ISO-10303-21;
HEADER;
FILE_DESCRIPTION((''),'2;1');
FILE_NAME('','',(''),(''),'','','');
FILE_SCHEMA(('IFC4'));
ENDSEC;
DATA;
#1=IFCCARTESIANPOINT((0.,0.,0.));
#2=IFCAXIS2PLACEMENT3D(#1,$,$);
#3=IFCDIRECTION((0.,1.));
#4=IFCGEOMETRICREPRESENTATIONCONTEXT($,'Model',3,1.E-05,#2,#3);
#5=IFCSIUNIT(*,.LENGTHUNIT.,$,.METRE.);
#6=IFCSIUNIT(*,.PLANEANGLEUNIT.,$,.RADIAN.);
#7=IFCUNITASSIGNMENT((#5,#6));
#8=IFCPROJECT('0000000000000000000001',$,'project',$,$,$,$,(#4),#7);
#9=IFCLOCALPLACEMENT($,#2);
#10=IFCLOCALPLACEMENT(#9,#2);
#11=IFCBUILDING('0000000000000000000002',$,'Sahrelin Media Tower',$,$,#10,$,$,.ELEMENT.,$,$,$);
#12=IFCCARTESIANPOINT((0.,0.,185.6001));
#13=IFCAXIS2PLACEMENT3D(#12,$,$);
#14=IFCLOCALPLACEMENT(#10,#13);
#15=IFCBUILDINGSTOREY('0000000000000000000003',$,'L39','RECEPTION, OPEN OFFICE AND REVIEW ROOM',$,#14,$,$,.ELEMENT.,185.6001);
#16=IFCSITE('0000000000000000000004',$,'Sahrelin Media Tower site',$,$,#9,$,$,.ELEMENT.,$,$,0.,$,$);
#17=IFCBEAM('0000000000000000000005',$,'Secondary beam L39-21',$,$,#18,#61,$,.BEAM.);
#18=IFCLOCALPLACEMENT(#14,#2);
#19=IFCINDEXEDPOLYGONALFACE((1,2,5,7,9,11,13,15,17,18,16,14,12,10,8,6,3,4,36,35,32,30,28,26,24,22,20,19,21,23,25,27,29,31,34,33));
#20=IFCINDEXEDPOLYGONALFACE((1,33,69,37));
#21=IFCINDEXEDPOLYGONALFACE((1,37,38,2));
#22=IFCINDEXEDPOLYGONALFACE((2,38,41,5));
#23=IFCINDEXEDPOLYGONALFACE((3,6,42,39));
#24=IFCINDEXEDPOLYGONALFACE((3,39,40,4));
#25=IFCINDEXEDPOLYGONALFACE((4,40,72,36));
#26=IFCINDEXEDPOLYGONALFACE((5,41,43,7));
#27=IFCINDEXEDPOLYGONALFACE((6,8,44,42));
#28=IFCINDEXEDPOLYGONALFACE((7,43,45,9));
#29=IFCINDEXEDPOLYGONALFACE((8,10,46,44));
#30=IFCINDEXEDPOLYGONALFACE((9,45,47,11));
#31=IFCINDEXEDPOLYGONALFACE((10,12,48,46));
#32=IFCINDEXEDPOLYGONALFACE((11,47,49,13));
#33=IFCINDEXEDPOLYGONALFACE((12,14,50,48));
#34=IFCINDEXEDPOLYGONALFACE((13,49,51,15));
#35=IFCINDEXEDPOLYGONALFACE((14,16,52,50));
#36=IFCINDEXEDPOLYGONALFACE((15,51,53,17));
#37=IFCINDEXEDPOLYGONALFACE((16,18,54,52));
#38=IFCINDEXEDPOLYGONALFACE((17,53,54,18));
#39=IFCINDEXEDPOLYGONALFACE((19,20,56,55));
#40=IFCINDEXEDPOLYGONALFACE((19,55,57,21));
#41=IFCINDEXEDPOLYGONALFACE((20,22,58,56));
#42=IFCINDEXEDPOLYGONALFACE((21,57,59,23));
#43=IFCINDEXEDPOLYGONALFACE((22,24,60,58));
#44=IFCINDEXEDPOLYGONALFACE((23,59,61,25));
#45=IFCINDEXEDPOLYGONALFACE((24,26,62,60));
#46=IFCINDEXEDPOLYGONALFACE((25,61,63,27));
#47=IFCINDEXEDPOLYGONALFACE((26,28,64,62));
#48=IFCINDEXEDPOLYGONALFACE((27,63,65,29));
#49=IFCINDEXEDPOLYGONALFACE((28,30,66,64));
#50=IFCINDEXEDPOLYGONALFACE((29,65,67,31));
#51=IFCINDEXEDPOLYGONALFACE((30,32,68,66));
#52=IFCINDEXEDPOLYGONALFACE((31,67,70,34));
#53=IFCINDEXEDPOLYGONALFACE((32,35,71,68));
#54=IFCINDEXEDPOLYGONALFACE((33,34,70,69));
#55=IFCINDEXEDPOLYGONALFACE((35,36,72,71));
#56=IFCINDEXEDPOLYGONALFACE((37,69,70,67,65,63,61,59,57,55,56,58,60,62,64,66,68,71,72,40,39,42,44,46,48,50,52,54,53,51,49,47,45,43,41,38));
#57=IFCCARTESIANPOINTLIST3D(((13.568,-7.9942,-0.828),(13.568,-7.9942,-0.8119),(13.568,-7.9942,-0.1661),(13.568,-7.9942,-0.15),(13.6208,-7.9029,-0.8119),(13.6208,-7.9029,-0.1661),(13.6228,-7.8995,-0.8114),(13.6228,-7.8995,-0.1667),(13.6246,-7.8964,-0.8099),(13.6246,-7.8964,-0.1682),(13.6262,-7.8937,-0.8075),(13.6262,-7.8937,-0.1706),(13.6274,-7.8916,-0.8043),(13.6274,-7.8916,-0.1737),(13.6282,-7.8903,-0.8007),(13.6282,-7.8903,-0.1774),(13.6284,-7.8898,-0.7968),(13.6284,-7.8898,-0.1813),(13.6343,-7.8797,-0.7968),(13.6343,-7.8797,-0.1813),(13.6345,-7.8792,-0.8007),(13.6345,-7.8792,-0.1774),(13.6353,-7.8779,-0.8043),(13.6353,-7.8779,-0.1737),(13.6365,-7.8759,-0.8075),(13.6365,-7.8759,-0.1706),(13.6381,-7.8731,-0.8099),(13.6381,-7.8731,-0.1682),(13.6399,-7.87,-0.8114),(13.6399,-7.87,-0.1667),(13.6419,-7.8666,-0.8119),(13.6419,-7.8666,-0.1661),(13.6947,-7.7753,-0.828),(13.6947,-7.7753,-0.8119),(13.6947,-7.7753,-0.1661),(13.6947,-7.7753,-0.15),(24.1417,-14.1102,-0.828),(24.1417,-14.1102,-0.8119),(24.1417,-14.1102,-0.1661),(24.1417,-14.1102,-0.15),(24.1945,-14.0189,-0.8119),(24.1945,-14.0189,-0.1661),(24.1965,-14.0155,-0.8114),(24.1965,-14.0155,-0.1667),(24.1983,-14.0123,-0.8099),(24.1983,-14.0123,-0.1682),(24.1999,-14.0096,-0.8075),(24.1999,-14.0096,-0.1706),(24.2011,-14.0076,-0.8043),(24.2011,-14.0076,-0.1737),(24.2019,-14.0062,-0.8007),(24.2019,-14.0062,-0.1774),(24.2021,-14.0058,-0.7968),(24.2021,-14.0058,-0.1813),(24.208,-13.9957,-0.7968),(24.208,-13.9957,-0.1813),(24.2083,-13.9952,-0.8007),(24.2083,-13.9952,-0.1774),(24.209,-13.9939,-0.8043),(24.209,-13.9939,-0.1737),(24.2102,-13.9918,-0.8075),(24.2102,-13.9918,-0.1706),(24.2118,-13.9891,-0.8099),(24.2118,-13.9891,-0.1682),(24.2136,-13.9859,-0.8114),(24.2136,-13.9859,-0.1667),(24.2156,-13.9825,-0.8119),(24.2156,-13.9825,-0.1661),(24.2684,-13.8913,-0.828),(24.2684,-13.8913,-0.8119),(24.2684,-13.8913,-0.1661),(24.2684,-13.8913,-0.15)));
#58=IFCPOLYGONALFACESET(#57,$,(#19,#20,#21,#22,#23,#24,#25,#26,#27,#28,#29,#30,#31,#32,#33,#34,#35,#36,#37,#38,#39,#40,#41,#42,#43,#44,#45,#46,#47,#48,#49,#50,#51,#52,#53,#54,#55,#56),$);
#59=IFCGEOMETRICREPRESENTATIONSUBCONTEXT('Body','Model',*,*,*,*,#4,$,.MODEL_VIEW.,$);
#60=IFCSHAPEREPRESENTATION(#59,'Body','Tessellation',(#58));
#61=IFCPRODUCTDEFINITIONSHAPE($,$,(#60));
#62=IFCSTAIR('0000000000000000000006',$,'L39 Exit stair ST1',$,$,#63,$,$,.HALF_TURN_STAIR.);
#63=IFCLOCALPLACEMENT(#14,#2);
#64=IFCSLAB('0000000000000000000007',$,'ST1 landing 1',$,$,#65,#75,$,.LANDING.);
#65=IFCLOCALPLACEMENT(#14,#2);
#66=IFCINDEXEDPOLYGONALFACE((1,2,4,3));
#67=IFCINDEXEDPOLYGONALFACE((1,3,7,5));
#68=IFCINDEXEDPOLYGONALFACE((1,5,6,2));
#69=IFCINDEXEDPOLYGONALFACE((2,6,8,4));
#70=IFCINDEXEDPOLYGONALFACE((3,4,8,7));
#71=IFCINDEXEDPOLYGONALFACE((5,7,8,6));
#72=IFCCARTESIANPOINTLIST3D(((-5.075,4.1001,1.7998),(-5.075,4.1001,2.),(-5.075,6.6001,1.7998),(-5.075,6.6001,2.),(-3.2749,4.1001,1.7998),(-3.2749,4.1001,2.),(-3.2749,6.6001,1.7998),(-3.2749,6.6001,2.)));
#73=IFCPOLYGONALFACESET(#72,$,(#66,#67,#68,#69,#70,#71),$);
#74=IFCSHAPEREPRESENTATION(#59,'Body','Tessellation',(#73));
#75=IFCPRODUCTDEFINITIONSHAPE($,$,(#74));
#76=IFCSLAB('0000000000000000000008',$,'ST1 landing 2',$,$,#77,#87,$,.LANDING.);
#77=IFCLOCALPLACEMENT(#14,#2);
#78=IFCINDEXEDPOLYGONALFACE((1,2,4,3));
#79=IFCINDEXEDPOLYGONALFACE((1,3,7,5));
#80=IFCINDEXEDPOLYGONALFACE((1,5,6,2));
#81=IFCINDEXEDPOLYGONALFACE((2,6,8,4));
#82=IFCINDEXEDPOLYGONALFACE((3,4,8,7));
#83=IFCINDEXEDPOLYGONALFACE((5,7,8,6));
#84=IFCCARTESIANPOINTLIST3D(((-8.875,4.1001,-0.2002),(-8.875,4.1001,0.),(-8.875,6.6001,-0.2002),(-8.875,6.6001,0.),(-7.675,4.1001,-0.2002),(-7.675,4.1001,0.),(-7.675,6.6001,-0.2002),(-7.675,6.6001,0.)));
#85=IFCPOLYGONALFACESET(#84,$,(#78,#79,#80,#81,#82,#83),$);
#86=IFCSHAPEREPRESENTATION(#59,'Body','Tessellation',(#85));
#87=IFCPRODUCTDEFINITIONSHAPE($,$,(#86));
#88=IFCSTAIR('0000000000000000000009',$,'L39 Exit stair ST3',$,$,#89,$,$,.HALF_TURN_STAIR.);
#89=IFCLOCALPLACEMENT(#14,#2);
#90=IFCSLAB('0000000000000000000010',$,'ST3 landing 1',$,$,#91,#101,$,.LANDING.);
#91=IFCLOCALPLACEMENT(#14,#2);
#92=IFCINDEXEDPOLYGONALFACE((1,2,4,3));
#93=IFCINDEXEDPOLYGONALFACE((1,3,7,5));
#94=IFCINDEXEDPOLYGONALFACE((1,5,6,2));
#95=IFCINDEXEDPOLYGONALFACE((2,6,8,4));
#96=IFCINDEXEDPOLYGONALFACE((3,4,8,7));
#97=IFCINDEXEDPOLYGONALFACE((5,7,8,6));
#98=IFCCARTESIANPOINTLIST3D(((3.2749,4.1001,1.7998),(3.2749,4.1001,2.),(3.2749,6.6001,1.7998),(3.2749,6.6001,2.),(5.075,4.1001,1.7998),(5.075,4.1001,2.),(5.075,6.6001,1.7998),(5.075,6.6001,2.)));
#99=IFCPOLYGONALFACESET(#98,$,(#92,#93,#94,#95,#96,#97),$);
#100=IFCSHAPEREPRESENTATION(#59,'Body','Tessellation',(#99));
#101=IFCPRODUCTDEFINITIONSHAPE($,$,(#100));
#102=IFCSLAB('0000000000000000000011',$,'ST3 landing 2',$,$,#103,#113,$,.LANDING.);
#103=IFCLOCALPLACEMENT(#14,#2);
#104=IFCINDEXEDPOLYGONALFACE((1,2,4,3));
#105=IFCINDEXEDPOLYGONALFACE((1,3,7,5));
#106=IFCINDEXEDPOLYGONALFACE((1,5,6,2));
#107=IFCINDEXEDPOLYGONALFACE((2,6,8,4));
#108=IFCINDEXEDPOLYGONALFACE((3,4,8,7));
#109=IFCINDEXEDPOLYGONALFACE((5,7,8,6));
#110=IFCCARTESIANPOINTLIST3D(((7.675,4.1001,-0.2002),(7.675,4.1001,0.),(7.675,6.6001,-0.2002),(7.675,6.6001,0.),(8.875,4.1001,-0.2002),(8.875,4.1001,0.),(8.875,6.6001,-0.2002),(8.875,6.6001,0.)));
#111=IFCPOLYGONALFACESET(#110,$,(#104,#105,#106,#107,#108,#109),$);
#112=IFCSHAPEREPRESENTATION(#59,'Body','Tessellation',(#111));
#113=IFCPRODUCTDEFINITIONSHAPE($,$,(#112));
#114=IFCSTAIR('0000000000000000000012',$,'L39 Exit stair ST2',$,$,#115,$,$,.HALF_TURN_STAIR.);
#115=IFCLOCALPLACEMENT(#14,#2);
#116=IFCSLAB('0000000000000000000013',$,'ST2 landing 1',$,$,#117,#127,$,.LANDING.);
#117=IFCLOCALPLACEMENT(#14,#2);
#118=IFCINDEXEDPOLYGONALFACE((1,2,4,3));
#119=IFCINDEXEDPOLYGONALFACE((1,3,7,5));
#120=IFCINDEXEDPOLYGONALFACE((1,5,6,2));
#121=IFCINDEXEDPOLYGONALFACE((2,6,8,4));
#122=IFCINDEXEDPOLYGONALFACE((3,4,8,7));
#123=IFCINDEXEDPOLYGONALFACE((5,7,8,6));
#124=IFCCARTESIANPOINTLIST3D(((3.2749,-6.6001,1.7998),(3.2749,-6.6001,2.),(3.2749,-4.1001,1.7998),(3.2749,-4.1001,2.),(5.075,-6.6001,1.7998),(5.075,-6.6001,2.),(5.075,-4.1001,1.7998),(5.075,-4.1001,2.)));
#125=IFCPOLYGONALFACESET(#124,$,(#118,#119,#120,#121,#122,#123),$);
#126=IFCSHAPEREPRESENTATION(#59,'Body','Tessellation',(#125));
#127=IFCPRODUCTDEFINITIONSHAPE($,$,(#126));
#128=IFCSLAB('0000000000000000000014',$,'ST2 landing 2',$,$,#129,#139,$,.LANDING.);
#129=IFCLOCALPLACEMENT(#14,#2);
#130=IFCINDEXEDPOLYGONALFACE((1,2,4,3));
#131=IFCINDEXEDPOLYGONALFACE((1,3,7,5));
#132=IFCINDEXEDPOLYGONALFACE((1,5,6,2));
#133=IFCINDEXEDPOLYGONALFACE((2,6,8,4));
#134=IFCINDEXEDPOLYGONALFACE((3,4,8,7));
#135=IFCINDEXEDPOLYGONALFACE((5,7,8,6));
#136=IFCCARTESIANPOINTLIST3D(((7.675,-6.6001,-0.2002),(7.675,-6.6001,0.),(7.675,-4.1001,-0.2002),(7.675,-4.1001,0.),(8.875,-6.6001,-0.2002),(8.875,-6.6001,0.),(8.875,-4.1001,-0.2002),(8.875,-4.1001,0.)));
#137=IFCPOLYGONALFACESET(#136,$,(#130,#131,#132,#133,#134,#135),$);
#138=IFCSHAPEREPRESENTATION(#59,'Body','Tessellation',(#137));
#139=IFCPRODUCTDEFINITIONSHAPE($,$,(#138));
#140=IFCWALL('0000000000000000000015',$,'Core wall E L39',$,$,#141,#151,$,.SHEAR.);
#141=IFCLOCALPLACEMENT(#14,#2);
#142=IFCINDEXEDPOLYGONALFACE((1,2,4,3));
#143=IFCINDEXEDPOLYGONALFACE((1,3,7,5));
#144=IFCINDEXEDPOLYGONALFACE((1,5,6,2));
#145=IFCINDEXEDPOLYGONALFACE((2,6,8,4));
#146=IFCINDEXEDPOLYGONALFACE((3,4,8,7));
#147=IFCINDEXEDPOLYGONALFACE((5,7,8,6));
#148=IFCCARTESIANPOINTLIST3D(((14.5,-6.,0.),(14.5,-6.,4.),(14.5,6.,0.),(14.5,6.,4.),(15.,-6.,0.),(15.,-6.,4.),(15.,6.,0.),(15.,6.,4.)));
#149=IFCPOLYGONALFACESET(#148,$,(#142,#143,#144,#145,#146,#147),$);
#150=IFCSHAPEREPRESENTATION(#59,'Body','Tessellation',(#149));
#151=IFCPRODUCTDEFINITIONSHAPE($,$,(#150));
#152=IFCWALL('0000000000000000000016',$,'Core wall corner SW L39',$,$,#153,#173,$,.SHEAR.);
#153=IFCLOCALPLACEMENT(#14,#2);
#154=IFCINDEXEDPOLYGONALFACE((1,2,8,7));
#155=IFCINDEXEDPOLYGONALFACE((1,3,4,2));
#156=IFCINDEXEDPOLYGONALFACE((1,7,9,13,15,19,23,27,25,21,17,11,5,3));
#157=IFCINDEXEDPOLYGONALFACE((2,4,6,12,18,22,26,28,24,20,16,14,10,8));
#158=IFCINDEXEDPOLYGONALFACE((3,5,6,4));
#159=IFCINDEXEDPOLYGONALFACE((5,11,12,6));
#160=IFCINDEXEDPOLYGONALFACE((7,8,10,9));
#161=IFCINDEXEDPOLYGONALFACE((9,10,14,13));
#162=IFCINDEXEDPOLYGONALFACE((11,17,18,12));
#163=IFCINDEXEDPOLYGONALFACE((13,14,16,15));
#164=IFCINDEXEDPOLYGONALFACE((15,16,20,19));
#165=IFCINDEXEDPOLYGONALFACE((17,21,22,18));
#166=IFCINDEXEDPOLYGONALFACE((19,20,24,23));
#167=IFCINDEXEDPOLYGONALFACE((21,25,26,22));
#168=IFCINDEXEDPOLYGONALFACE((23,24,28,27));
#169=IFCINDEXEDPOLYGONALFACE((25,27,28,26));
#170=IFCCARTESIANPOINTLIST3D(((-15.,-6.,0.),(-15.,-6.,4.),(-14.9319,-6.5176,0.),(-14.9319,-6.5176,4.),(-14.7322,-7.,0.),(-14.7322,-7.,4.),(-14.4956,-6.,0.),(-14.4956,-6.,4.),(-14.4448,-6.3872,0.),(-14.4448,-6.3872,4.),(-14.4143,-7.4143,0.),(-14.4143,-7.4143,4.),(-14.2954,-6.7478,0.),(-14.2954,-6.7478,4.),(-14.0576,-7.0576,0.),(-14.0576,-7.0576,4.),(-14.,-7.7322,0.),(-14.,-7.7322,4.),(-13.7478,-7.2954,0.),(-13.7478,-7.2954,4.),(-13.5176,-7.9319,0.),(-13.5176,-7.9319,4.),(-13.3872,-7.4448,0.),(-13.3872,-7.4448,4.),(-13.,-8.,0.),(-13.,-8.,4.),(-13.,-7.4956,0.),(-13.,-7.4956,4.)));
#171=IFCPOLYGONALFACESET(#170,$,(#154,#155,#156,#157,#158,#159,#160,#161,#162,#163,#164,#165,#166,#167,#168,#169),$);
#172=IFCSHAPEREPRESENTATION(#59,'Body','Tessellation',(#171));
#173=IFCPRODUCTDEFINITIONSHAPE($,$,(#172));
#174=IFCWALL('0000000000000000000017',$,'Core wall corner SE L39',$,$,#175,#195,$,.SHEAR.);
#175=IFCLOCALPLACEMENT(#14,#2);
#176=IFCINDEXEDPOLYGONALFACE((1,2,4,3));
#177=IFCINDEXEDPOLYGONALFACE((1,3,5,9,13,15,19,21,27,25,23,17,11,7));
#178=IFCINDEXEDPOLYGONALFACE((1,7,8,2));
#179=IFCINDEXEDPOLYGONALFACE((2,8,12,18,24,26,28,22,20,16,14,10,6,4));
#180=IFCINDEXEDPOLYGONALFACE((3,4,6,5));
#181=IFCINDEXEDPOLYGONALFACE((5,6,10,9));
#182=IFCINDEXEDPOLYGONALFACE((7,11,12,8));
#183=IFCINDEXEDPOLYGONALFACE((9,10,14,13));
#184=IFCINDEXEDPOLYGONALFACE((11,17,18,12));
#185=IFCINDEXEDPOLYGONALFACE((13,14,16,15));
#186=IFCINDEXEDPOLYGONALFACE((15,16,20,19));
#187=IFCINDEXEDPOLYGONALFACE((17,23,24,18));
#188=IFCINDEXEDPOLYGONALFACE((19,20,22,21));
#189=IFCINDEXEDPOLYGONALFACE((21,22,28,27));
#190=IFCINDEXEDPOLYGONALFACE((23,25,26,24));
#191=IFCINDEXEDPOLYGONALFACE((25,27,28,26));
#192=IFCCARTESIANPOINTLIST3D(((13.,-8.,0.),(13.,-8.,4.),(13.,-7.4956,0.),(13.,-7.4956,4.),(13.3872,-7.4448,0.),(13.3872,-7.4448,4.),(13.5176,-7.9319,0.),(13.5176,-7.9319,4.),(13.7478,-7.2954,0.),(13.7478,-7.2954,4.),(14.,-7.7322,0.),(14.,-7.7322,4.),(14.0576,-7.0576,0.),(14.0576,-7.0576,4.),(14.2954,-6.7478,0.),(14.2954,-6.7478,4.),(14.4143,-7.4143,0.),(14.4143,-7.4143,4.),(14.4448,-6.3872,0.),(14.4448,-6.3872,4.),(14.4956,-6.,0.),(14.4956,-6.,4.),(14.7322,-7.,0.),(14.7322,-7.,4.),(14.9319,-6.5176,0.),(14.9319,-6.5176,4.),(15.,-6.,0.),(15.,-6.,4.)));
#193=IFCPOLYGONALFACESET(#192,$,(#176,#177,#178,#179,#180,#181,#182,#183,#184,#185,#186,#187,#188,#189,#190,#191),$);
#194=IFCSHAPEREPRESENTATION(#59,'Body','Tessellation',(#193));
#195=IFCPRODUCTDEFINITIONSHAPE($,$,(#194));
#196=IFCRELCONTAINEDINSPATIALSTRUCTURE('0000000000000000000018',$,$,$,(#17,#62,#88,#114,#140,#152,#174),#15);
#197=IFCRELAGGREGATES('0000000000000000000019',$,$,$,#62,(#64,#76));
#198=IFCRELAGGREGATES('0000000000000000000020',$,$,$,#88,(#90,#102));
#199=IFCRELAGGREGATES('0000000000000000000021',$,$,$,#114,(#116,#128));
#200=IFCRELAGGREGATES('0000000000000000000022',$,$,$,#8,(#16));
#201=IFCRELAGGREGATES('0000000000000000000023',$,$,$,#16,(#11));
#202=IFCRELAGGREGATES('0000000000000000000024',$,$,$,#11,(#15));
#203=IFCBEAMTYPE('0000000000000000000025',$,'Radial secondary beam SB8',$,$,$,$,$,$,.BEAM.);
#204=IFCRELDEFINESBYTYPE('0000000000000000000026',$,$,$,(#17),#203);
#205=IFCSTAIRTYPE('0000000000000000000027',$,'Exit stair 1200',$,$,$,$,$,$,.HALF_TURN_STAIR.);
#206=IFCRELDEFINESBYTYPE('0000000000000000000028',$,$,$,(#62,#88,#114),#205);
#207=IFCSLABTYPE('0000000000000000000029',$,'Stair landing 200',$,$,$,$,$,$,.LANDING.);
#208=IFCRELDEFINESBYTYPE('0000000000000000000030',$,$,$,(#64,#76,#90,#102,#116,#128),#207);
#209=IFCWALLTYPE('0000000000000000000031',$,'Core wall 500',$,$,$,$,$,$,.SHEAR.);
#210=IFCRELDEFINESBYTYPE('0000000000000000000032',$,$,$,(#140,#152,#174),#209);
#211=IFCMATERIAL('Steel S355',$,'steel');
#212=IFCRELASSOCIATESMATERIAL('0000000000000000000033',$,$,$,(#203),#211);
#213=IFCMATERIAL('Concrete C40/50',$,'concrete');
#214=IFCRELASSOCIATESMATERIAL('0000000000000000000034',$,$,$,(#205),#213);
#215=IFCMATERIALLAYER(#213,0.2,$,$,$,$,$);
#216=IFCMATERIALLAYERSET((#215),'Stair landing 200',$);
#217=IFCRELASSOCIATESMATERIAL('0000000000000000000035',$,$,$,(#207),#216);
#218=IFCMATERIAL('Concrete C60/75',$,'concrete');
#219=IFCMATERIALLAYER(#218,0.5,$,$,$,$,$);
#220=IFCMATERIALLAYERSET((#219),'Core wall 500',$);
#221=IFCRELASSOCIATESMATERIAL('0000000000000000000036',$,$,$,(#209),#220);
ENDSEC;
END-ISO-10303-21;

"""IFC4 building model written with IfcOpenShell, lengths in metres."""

from ifc_helpers import new_model, si_unit, direction, frame, frame_2d, origin, origin_2d, place, context, subcontext, project, spatial, polyline, rectangle, i_section, outline, extrude, material, layer, layer_set, material_profile, profile_set, type_object, element, aggregate, save


model = new_model("IFC4")

# Units and contexts
model_context = context("Model", 3, precision=1e-05, world=origin(), true_north=direction((0.0, 1.0)))
body_context = subcontext(model_context, "Body", "Model", "MODEL_VIEW")
ifc_project = project(units=[si_unit("LENGTHUNIT", "METRE"), si_unit("PLANEANGLEUNIT", "RADIAN")], contexts=[model_context])

# Site, building, storey
site_placement = place(None, origin())
site = spatial("IfcSite", under=ifc_project, at=site_placement, Name="Sahrelin Media Tower site", CompositionType="ELEMENT", RefElevation=0.0)
building_placement = place(site_placement, origin())
building = spatial("IfcBuilding", under=site, at=building_placement, Name="Sahrelin Media Tower", CompositionType="ELEMENT")
storey_placement = place(building_placement, frame((0.0, 0.0, 185.6001)))
storey = spatial("IfcBuildingStorey", under=building, at=storey_placement, Name="L39", Description="RECEPTION, OPEN OFFICE AND REVIEW ROOM", CompositionType="ELEMENT", Elevation=185.6001)

# Beam
ifc_material_1 = material(Name="Steel S355", Category="steel")
ifc_material_profile = material_profile(ifc_material_1, i_section(OverallWidth=0.2529, OverallDepth=0.678, WebThickness=0.0117, FlangeThickness=0.0161, FilletRadius=0.0151, at=origin_2d()), Name="UB 686x254x125")
ifc_profile_set = profile_set([ifc_material_profile], Name="Steel S355")
beam_type = type_object("IfcBeamType", Name="Radial secondary beam SB8", PredefinedType="BEAM", material=ifc_profile_set)
beam_placement = place(storey_placement, frame((13.6313, -7.8848, -0.489), z_axis=(0.865627, -0.500689, 0.0), x_axis=(0.500689, 0.865627, 0.0)))
element("IfcBeam", 1, at=beam_placement, inside=storey, type_object=beam_type, Name="Secondary beam L39-21", PredefinedType="BEAM", context=body_context, shape_type="SweptSolid", body=[
    extrude(i_section(OverallWidth=0.2529, OverallDepth=0.678, WebThickness=0.0117, FlangeThickness=0.0161, FilletRadius=0.0151, at=origin_2d()), origin(), (0.0, 0.0, 1.0), 12.2151),
])

# Stairs, slabs
ifc_material_2 = material(Name="Concrete C40/50", Category="concrete")
stair_type = type_object("IfcStairType", Name="Exit stair 1200", PredefinedType="HALF_TURN_STAIR", material=ifc_material_2)
placement_1 = place(storey_placement, origin())
stair_1 = element("IfcStair", 2, at=placement_1, inside=storey, type_object=stair_type, Name="L39 Exit stair ST1", PredefinedType="HALF_TURN_STAIR")
ifc_layer_1 = layer(ifc_material_2, 0.2)
ifc_layer_set_1 = layer_set([ifc_layer_1], Name="Stair landing 200")
slab_type = type_object("IfcSlabType", Name="Stair landing 200", PredefinedType="LANDING", material=ifc_layer_set_1)
placement_2 = place(storey_placement, frame((0.0, 0.0, 1.7998)))
slab_1 = element("IfcSlab", 3, at=placement_2, type_object=slab_type, Name="ST1 landing 1", PredefinedType="LANDING", context=body_context, shape_type="SweptSolid", body=[
    extrude(outline(polyline([(-5.075, 4.1001), (-3.2749, 4.1001), (-3.2749, 6.6001), (-5.075, 6.6001), (-5.075, 4.1001)])), origin(), (0.0, 0.0, 1.0), 0.2002),
])
placement_3 = place(storey_placement, frame((0.0, 0.0, -0.2002)))
slab_2 = element("IfcSlab", 4, at=placement_3, type_object=slab_type, Name="ST1 landing 2", PredefinedType="LANDING", context=body_context, shape_type="SweptSolid", body=[
    extrude(outline(polyline([(-8.875, 4.1001), (-7.675, 4.1001), (-7.675, 6.6001), (-8.875, 6.6001), (-8.875, 4.1001)])), origin(), (0.0, 0.0, 1.0), 0.2002),
])
aggregate(stair_1, [slab_1, slab_2])
stair_2 = element("IfcStair", 5, at=placement_1, inside=storey, type_object=stair_type, Name="L39 Exit stair ST3", PredefinedType="HALF_TURN_STAIR")
slab_3 = element("IfcSlab", 6, at=placement_2, type_object=slab_type, Name="ST3 landing 1", PredefinedType="LANDING", context=body_context, shape_type="SweptSolid", body=[
    extrude(outline(polyline([(5.075, 6.6001), (3.2749, 6.6001), (3.2749, 4.1001), (5.075, 4.1001), (5.075, 6.6001)])), origin(), (0.0, 0.0, 1.0), 0.2002),
])
slab_4 = element("IfcSlab", 7, at=placement_3, type_object=slab_type, Name="ST3 landing 2", PredefinedType="LANDING", context=body_context, shape_type="SweptSolid", body=[
    extrude(outline(polyline([(8.875, 6.6001), (7.675, 6.6001), (7.675, 4.1001), (8.875, 4.1001), (8.875, 6.6001)])), origin(), (0.0, 0.0, 1.0), 0.2002),
])
aggregate(stair_2, [slab_3, slab_4])
stair_3 = element("IfcStair", 8, at=placement_1, inside=storey, type_object=stair_type, Name="L39 Exit stair ST2", PredefinedType="HALF_TURN_STAIR")
slab_5 = element("IfcSlab", 9, at=placement_2, type_object=slab_type, Name="ST2 landing 1", PredefinedType="LANDING", context=body_context, shape_type="SweptSolid", body=[
    extrude(outline(polyline([(5.075, -4.1001), (3.2749, -4.1001), (3.2749, -6.6001), (5.075, -6.6001), (5.075, -4.1001)])), origin(), (0.0, 0.0, 1.0), 0.2002),
])
slab_6 = element("IfcSlab", 10, at=placement_3, type_object=slab_type, Name="ST2 landing 2", PredefinedType="LANDING", context=body_context, shape_type="SweptSolid", body=[
    extrude(outline(polyline([(8.875, -4.1001), (7.675, -4.1001), (7.675, -6.6001), (8.875, -6.6001), (8.875, -4.1001)])), origin(), (0.0, 0.0, 1.0), 0.2002),
])
aggregate(stair_3, [slab_5, slab_6])

# Walls
ifc_material_3 = material(Name="Concrete C60/75", Category="concrete")
ifc_layer_2 = layer(ifc_material_3, 0.5)
ifc_layer_set_2 = layer_set([ifc_layer_2], Name="Core wall 500")
wall_type_1 = type_object("IfcWallType", Name="Core wall 500", PredefinedType="SHEAR", material=ifc_layer_set_2)
wall_1_placement = place(storey_placement, frame((14.75, -6.0, 0.0), z_axis=(0.0, 0.0, 1.0), x_axis=(0.0, 1.0, 0.0)))
element("IfcWall", 11, at=wall_1_placement, inside=storey, type_object=wall_type_1, Name="Core wall E L39", PredefinedType="SHEAR", context=body_context, shape_type="SweptSolid", body=[
    extrude(rectangle(XDim=12.0, YDim=0.5, at=frame_2d((6.0, 0.0))), origin(), (0.0, 0.0, 1.0), 4.0),
])
element("IfcWall", 12, at=placement_1, inside=storey, type_object=wall_type_1, Name="Core wall corner SW L39", PredefinedType="SHEAR", context=body_context, shape_type="SweptSolid", body=[
    extrude(outline(polyline([(-13.0, -8.0), (-13.0, -7.4956), (-13.3872, -7.4448), (-13.7478, -7.2954), (-14.0576, -7.0576), (-14.2954, -6.7478), (-14.4448, -6.3872), (-14.4956, -6.0), (-15.0, -6.0), (-14.9319, -6.5176), (-14.7322, -7.0), (-14.4143, -7.4143), (-14.0, -7.7322), (-13.5176, -7.9319), (-13.0, -8.0)])), origin(), (0.0, 0.0, 1.0), 4.0),
])
element("IfcWall", 13, at=placement_1, inside=storey, type_object=wall_type_1, Name="Core wall corner SE L39", PredefinedType="SHEAR", context=body_context, shape_type="SweptSolid", body=[
    extrude(outline(polyline([(15.0, -6.0), (14.4956, -6.0), (14.4448, -6.3872), (14.2954, -6.7478), (14.0576, -7.0576), (13.7478, -7.2954), (13.3872, -7.4448), (13.0, -7.4956), (13.0, -8.0), (13.5176, -7.9319), (14.0, -7.7322), (14.4143, -7.4143), (14.7322, -7.0), (14.9319, -6.5176), (15.0, -6.0)])), origin(), (0.0, 0.0, 1.0), 4.0),
])

save(model, "model.ifc")
